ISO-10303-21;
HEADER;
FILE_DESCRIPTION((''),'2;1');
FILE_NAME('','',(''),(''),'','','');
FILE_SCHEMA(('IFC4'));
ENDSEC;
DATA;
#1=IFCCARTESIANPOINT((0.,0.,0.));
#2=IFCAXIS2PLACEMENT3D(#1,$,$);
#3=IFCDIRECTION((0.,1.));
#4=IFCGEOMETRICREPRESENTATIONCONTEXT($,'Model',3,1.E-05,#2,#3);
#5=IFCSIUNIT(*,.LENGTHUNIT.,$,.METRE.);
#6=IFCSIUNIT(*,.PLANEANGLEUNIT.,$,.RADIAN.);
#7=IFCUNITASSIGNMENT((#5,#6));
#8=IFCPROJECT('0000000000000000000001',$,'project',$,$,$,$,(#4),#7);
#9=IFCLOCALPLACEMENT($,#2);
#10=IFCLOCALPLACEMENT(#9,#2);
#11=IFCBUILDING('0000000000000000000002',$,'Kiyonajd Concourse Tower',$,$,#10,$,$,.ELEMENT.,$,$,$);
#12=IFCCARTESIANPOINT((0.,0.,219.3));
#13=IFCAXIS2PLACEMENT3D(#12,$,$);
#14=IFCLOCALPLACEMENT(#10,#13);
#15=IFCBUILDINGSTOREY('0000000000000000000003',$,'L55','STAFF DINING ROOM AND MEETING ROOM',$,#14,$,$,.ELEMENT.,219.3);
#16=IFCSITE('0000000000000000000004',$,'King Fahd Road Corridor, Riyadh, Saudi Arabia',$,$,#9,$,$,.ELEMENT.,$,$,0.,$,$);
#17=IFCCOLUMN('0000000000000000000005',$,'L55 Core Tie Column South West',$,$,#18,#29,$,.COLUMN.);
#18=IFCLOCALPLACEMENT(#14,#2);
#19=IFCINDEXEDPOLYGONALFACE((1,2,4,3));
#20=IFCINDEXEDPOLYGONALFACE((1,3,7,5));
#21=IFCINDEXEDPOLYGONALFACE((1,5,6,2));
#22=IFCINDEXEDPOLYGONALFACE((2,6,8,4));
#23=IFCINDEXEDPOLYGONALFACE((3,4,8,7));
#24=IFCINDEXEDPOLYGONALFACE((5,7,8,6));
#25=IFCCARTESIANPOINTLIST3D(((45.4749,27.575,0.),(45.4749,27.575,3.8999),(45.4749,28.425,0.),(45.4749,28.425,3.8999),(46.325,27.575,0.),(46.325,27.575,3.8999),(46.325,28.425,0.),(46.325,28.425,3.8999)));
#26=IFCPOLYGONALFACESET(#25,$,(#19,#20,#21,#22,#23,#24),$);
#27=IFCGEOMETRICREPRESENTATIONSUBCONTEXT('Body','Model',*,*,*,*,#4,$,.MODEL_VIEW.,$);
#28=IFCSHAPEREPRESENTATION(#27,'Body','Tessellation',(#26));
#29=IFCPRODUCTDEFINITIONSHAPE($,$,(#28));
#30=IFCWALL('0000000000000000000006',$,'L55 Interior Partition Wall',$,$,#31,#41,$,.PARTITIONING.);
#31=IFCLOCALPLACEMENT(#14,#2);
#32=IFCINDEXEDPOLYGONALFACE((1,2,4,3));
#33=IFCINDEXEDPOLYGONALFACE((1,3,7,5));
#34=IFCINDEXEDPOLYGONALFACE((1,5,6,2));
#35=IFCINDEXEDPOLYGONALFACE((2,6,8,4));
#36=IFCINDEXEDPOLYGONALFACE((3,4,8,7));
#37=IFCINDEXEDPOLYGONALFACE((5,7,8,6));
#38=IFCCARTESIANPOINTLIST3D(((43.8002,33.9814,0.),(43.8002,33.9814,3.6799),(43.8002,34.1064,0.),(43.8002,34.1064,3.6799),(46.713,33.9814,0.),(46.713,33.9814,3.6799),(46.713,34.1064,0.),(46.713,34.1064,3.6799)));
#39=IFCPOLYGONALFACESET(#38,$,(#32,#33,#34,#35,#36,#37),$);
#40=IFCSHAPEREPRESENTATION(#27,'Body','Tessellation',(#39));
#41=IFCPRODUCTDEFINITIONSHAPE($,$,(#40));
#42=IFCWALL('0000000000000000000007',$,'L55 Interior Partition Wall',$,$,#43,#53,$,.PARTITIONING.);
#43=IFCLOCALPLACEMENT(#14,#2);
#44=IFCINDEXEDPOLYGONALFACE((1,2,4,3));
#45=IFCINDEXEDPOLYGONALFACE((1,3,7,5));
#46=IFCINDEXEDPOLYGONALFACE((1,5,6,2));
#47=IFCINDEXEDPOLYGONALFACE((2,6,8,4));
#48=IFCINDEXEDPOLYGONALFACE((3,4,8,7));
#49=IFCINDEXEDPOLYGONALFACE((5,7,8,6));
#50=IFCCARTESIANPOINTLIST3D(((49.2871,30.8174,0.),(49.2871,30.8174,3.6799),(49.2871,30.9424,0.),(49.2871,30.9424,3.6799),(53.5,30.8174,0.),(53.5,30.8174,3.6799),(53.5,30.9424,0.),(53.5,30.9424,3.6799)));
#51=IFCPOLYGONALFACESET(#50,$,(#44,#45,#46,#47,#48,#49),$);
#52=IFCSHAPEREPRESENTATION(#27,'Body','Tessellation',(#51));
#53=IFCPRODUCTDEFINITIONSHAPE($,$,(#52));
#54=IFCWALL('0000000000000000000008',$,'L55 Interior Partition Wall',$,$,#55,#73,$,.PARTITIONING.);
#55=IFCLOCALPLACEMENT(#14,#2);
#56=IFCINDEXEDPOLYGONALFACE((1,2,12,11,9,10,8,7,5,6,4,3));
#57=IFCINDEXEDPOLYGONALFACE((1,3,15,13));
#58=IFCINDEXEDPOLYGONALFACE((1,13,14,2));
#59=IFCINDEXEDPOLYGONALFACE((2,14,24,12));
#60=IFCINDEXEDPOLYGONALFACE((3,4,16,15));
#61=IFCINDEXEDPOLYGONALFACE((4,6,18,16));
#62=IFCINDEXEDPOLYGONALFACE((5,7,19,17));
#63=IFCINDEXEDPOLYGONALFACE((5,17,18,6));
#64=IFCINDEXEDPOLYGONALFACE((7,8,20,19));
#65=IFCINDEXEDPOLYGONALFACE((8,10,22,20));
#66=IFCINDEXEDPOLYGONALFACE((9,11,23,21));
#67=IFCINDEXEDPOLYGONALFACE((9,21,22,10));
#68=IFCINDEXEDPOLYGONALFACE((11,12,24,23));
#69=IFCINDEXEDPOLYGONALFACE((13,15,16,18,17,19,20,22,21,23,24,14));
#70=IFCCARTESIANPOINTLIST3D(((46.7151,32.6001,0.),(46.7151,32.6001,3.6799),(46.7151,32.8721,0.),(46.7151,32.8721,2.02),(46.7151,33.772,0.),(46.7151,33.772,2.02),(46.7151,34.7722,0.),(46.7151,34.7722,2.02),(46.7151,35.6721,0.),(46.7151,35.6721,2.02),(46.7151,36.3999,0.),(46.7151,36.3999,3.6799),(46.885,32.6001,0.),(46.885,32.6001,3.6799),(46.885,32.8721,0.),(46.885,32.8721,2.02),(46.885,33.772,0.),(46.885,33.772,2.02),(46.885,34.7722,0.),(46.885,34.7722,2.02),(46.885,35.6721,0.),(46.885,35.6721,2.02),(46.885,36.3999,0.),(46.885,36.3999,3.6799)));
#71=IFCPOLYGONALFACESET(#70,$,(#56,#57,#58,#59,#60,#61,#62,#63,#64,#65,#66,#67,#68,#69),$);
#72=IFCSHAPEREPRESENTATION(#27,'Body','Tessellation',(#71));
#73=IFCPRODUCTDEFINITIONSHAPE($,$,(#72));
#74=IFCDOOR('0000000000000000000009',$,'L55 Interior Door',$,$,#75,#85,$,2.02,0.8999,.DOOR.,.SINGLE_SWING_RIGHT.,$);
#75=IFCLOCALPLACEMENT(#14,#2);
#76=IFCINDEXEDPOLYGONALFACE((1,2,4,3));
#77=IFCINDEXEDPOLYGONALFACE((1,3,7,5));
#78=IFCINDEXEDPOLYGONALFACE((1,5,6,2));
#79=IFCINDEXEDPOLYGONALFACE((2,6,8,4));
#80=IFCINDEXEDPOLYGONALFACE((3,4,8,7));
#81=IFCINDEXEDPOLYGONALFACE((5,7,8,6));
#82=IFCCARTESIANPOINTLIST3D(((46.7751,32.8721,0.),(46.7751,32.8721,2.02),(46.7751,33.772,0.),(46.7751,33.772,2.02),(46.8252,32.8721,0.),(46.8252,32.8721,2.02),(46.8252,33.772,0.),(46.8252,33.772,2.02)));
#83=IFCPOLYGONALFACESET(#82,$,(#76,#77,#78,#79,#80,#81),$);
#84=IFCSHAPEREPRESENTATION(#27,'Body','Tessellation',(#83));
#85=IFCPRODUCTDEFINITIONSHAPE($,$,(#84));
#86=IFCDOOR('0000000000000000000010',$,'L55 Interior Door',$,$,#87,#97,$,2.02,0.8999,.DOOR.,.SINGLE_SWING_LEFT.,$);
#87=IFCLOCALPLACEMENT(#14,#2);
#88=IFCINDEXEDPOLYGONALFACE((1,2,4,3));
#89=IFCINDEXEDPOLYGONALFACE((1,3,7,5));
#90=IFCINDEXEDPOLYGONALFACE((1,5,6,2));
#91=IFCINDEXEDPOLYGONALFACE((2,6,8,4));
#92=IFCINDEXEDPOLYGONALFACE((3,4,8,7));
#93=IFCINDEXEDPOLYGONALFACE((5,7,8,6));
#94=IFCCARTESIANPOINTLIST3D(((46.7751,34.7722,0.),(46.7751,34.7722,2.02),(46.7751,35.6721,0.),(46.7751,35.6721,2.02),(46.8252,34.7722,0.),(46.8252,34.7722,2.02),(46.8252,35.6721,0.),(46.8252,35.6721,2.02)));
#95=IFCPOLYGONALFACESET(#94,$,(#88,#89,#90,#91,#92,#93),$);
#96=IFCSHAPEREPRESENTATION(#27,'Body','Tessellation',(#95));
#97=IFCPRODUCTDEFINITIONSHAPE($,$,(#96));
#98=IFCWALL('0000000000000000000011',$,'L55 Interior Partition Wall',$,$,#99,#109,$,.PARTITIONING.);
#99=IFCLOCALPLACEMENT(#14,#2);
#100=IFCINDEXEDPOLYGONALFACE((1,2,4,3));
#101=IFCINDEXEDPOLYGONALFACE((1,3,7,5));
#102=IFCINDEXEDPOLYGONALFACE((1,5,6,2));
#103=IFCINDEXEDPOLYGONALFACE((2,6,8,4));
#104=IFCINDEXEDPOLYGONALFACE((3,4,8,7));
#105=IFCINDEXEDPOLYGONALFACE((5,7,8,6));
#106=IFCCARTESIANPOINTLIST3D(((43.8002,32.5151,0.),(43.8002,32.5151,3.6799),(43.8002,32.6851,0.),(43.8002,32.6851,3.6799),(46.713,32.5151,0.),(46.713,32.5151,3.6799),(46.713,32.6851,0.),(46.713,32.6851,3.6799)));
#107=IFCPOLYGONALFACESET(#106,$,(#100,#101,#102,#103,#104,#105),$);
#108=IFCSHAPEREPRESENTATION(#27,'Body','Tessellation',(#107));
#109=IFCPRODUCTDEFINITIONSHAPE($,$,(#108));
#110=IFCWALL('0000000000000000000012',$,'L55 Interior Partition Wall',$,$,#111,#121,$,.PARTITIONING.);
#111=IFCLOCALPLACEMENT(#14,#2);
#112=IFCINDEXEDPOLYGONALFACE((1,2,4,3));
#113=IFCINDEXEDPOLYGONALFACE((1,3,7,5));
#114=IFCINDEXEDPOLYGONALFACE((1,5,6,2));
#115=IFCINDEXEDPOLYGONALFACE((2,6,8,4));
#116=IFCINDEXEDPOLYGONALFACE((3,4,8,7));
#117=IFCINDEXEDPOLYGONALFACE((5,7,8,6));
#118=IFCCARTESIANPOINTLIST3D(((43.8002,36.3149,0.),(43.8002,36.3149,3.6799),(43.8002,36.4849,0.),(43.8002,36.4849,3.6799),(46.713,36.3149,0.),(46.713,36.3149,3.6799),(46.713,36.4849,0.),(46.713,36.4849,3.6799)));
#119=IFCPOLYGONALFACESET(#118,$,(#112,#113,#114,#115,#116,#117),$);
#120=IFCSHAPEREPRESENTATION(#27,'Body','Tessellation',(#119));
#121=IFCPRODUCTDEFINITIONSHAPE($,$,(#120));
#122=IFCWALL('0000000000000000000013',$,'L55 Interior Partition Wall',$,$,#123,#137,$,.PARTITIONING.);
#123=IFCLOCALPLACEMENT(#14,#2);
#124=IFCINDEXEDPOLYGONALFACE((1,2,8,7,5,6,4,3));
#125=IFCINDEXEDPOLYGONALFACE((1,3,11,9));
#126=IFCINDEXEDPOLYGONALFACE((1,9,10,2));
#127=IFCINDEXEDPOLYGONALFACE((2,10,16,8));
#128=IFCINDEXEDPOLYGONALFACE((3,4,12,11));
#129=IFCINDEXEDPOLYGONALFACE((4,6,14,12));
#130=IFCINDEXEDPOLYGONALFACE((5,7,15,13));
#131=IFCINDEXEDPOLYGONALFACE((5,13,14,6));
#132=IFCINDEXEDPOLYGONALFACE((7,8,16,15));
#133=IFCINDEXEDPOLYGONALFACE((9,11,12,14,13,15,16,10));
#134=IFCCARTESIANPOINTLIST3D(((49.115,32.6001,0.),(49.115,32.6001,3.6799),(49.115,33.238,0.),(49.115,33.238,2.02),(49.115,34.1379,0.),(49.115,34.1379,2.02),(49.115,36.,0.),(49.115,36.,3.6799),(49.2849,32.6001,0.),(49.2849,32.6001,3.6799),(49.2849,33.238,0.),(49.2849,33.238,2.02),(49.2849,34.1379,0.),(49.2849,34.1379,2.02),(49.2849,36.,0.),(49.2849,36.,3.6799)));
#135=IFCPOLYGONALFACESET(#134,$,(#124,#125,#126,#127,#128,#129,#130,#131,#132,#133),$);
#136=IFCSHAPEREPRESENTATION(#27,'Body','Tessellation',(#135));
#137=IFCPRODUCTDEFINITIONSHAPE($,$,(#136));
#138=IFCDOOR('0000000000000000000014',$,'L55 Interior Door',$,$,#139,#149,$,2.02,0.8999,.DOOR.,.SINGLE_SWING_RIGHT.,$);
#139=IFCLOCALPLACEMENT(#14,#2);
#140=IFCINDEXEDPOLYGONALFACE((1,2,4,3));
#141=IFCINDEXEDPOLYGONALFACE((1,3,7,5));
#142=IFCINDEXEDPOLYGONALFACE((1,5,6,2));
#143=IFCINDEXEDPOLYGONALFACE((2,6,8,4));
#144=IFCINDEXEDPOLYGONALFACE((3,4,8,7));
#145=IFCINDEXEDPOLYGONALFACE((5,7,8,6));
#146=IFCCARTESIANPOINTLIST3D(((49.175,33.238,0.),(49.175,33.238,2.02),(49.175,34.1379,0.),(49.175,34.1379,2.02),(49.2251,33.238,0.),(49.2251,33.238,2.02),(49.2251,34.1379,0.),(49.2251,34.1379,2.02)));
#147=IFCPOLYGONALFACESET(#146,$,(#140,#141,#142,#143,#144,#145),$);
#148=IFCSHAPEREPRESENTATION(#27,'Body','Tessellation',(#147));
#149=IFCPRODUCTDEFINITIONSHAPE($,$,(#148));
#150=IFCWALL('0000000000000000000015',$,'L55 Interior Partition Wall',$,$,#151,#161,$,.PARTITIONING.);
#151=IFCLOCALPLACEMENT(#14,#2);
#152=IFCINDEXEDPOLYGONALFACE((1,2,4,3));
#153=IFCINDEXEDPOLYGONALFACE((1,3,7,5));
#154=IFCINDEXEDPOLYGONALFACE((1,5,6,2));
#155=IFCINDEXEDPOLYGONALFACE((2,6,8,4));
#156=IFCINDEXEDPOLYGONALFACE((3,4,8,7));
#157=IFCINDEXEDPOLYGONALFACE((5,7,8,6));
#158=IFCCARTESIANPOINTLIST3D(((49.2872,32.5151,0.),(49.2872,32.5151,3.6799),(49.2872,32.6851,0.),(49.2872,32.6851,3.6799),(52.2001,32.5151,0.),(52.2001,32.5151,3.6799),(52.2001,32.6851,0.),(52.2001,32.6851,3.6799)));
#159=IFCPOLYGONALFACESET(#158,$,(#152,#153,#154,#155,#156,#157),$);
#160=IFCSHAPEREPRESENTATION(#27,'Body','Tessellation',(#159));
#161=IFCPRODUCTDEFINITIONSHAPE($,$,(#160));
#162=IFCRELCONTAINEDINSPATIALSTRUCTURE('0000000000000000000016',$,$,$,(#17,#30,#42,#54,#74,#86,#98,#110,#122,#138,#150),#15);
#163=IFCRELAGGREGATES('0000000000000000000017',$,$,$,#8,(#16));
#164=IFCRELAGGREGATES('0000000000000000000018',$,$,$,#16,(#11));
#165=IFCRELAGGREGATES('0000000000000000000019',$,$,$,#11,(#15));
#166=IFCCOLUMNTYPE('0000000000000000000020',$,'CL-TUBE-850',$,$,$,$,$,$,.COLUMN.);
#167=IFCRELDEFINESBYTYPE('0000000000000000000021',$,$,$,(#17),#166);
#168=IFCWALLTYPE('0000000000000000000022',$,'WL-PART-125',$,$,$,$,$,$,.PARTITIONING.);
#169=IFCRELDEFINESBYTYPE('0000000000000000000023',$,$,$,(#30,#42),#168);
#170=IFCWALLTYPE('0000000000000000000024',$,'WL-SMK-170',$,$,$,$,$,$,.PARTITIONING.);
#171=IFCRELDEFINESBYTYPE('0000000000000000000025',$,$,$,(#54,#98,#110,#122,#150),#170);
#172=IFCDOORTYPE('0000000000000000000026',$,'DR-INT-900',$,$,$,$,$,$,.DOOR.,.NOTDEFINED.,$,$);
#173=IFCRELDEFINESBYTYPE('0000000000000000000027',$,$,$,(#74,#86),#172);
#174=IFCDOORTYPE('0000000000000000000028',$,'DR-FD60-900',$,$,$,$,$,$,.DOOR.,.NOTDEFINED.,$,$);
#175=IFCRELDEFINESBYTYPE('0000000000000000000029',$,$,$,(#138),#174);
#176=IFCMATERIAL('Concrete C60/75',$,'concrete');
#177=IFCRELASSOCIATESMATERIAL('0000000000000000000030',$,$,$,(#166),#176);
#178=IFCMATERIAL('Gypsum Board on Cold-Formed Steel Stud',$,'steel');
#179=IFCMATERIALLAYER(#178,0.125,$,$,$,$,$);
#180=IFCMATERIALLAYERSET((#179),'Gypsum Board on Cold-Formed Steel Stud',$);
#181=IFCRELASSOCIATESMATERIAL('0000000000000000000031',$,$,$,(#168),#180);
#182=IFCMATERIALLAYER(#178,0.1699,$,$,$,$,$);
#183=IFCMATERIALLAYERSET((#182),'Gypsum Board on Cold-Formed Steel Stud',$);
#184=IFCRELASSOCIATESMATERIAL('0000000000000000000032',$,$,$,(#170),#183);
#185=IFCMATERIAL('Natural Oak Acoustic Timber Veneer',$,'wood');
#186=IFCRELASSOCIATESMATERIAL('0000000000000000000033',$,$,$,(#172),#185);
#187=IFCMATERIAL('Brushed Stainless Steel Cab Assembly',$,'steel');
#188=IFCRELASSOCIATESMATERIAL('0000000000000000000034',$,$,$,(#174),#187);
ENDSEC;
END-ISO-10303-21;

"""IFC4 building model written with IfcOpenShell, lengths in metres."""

from ifc_helpers import new_model, si_unit, direction, frame, frame_2d, origin, origin_2d, place, context, subcontext, project, spatial, rectangle, extrude, material, layer, layer_set, material_profile, profile_set, type_object, element, fill, save


model = new_model("IFC4")

# Units and contexts
model_context = context("Model", 3, precision=1e-05, world=origin(), true_north=direction((0.0, 1.0)))
body_context = subcontext(model_context, "Body", "Model", "MODEL_VIEW")
ifc_project = project(units=[si_unit("LENGTHUNIT", "METRE"), si_unit("PLANEANGLEUNIT", "RADIAN")], contexts=[model_context])

# Site, building, storey
site_placement = place(None, origin())
site = spatial("IfcSite", under=ifc_project, at=site_placement, Name="King Fahd Road Corridor, Riyadh, Saudi Arabia", CompositionType="ELEMENT", RefElevation=0.0)
building_placement = place(site_placement, origin())
building = spatial("IfcBuilding", under=site, at=building_placement, Name="Kiyonajd Concourse Tower", CompositionType="ELEMENT")
storey_placement = place(building_placement, frame((0.0, 0.0, 219.3)))
storey = spatial("IfcBuildingStorey", under=building, at=storey_placement, Name="L55", Description="STAFF DINING ROOM AND MEETING ROOM", CompositionType="ELEMENT", Elevation=219.3)

# Column
ifc_material_1 = material(Name="Concrete C60/75", Category="concrete")
ifc_material_profile = material_profile(ifc_material_1, rectangle(XDim=0.8501, YDim=0.8501, at=origin_2d()), Name="RC-850x850")
ifc_profile_set = profile_set([ifc_material_profile], Name="Concrete C60/75")
column_type = type_object("IfcColumnType", Name="CL-TUBE-850", PredefinedType="COLUMN", material=ifc_profile_set)
column_placement = place(storey_placement, frame((45.8999, 28.0, 0.0), z_axis=(0.0, 0.0, 1.0), x_axis=(1.0, 0.0, 0.0)))
element("IfcColumn", 1, at=column_placement, inside=storey, type_object=column_type, Name="L55 Core Tie Column South West", PredefinedType="COLUMN", context=body_context, shape_type="SweptSolid", body=[
    extrude(rectangle(XDim=0.8501, YDim=0.8501, at=origin_2d()), origin(), (0.0, 0.0, 1.0), 3.8999),
])

# Walls
ifc_material_2 = material(Name="Gypsum Board on Cold-Formed Steel Stud", Category="steel")
ifc_layer_1 = layer(ifc_material_2, 0.125)
ifc_layer_set_1 = layer_set([ifc_layer_1], Name="Gypsum Board on Cold-Formed Steel Stud")
wall_type_1 = type_object("IfcWallType", Name="WL-PART-125", PredefinedType="PARTITIONING", material=ifc_layer_set_1)
wall_1_placement = place(storey_placement, frame((43.8, 34.0439, 0.0), z_axis=(0.0, 0.0, 1.0), x_axis=(1.0, 0.0, 0.0)))
element("IfcWall", 2, at=wall_1_placement, inside=storey, type_object=wall_type_1, Name="L55 Interior Partition Wall", PredefinedType="PARTITIONING", context=body_context, shape_type="SweptSolid", body=[
    extrude(rectangle(XDim=2.9128, YDim=0.125, at=frame_2d((1.4565, 0.0))), origin(), (0.0, 0.0, 1.0), 3.6799),
])
wall_2_placement = place(storey_placement, frame((49.2871, 30.8799, 0.0), z_axis=(0.0, 0.0, 1.0), x_axis=(1.0, 0.0, 0.0)))
element("IfcWall", 3, at=wall_2_placement, inside=storey, type_object=wall_type_1, Name="L55 Interior Partition Wall", PredefinedType="PARTITIONING", context=body_context, shape_type="SweptSolid", body=[
    extrude(rectangle(XDim=4.2129, YDim=0.125, at=frame_2d((2.1064, 0.0))), origin(), (0.0, 0.0, 1.0), 3.6799),
])

# Wall, openings, doors
ifc_layer_2 = layer(ifc_material_2, 0.1699)
ifc_layer_set_2 = layer_set([ifc_layer_2], Name="Gypsum Board on Cold-Formed Steel Stud")
wall_type_2 = type_object("IfcWallType", Name="WL-SMK-170", PredefinedType="PARTITIONING", material=ifc_layer_set_2)
wall_3_placement = place(storey_placement, frame((46.8, 32.6001, 0.0), z_axis=(0.0, 0.0, 1.0), x_axis=(0.0, 1.0, 0.0)))
wall_3 = element("IfcWall", 4, at=wall_3_placement, inside=storey, type_object=wall_type_2, Name="L55 Interior Partition Wall", PredefinedType="PARTITIONING", context=body_context, shape_type="SweptSolid", body=[
    extrude(rectangle(XDim=3.7998, YDim=0.1699, at=frame_2d((1.8999, 0.0))), origin(), (0.0, 0.0, 1.0), 3.6799),
])
opening_1_placement = place(wall_3_placement, frame((0.272, 0.0, 0.0)))
opening_1 = element("IfcOpeningElement", 5, at=opening_1_placement, cuts=wall_3, PredefinedType="OPENING", context=body_context, shape_type="SweptSolid", body=[
    extrude(rectangle(XDim=0.8999, YDim=2.02, at=frame_2d((0.45, 1.01))), frame((0.0, 0.095, 0.0), z_axis=(0.0, -1.0, 0.0), x_axis=(1.0, 0.0, 0.0)), (0.0, 0.0, 1.0), 0.1899),
])
opening_2_placement = place(wall_3_placement, frame((2.1721, 0.0, 0.0)))
opening_2 = element("IfcOpeningElement", 6, at=opening_2_placement, cuts=wall_3, PredefinedType="OPENING", context=body_context, shape_type="SweptSolid", body=[
    extrude(rectangle(XDim=0.8999, YDim=2.02, at=frame_2d((0.45, 1.01))), frame((0.0, 0.095, 0.0), z_axis=(0.0, -1.0, 0.0), x_axis=(1.0, 0.0, 0.0)), (0.0, 0.0, 1.0), 0.1899),
])
ifc_material_3 = material(Name="Natural Oak Acoustic Timber Veneer", Category="wood")
door_type_1 = type_object("IfcDoorType", Name="DR-INT-900", OperationType="NOTDEFINED", PredefinedType="DOOR", material=ifc_material_3)
door_1_placement = place(opening_1_placement, origin())
door_1 = element("IfcDoor", 7, at=door_1_placement, inside=storey, type_object=door_type_1, Name="L55 Interior Door", OperationType="SINGLE_SWING_RIGHT", OverallHeight=2.02, OverallWidth=0.8999, PredefinedType="DOOR", context=body_context, shape_type="SweptSolid", body=[
    extrude(rectangle(XDim=0.8999, YDim=2.02, at=frame_2d((0.45, 1.01))), frame((0.0, 0.0249, 0.0), z_axis=(0.0, -1.0, 0.0), x_axis=(1.0, 0.0, 0.0)), (0.0, 0.0, 1.0), 0.05),
])
fill(opening_1, door_1)
door_2_placement = place(opening_2_placement, origin())
door_2 = element("IfcDoor", 8, at=door_2_placement, inside=storey, type_object=door_type_1, Name="L55 Interior Door", OperationType="SINGLE_SWING_LEFT", OverallHeight=2.02, OverallWidth=0.8999, PredefinedType="DOOR", context=body_context, shape_type="SweptSolid", body=[
    extrude(rectangle(XDim=0.8999, YDim=2.02, at=frame_2d((0.45, 1.01))), frame((0.0, 0.0249, 0.0), z_axis=(0.0, -1.0, 0.0), x_axis=(1.0, 0.0, 0.0)), (0.0, 0.0, 1.0), 0.05),
])
fill(opening_2, door_2)

# Walls
for number, where, z_axis, x_axis, name in (
    (9, (43.8, 32.6001, 0.0), (0.0, 0.0, 1.0), (1.0, 0.0, 0.0), "L55 Interior Partition Wall"),
    (10, (43.8, 36.3999, 0.0), (0.0, 0.0, 1.0), (1.0, 0.0, 0.0), "L55 Interior Partition Wall"),
):
    element("IfcWall", number, at=place(storey_placement, frame(where, z_axis=z_axis, x_axis=x_axis)), inside=storey, type_object=wall_type_2, Name=name, PredefinedType="PARTITIONING", context=body_context, shape_type="SweptSolid", body=[
        extrude(rectangle(XDim=2.9128, YDim=0.1699, at=frame_2d((1.4565, 0.0))), origin(), (0.0, 0.0, 1.0), 3.6799),
    ])

# Wall, opening, door
wall_4_placement = place(storey_placement, frame((49.2, 32.6001, 0.0), z_axis=(0.0, 0.0, 1.0), x_axis=(0.0, 1.0, 0.0)))
wall_4 = element("IfcWall", 11, at=wall_4_placement, inside=storey, type_object=wall_type_2, Name="L55 Interior Partition Wall", PredefinedType="PARTITIONING", context=body_context, shape_type="SweptSolid", body=[
    extrude(rectangle(XDim=3.3999, YDim=0.1699, at=frame_2d((1.7, 0.0))), origin(), (0.0, 0.0, 1.0), 3.6799),
])
opening_3_placement = place(wall_4_placement, frame((0.6379, 0.0, 0.0)))
opening_3 = element("IfcOpeningElement", 12, at=opening_3_placement, cuts=wall_4, PredefinedType="OPENING", context=body_context, shape_type="SweptSolid", body=[
    extrude(rectangle(XDim=0.8999, YDim=2.02, at=frame_2d((0.45, 1.01))), frame((0.0, 0.095, 0.0), z_axis=(0.0, -1.0, 0.0), x_axis=(1.0, 0.0, 0.0)), (0.0, 0.0, 1.0), 0.1899),
])
ifc_material_4 = material(Name="Brushed Stainless Steel Cab Assembly", Category="steel")
door_type_2 = type_object("IfcDoorType", Name="DR-FD60-900", OperationType="NOTDEFINED", PredefinedType="DOOR", material=ifc_material_4)
door_3_placement = place(opening_3_placement, origin())
door_3 = element("IfcDoor", 13, at=door_3_placement, inside=storey, type_object=door_type_2, Name="L55 Interior Door", OperationType="SINGLE_SWING_RIGHT", OverallHeight=2.02, OverallWidth=0.8999, PredefinedType="DOOR", context=body_context, shape_type="SweptSolid", body=[
    extrude(rectangle(XDim=0.8999, YDim=2.02, at=frame_2d((0.45, 1.01))), frame((0.0, 0.0249, 0.0), z_axis=(0.0, -1.0, 0.0), x_axis=(1.0, 0.0, 0.0)), (0.0, 0.0, 1.0), 0.05),
])
fill(opening_3, door_3)

# Wall
wall_5_placement = place(storey_placement, frame((49.2871, 32.6001, 0.0), z_axis=(0.0, 0.0, 1.0), x_axis=(1.0, 0.0, 0.0)))
element("IfcWall", 14, at=wall_5_placement, inside=storey, type_object=wall_type_2, Name="L55 Interior Partition Wall", PredefinedType="PARTITIONING", context=body_context, shape_type="SweptSolid", body=[
    extrude(rectangle(XDim=2.9128, YDim=0.1699, at=frame_2d((1.4565, 0.0))), origin(), (0.0, 0.0, 1.0), 3.6799),
])

save(model, "model.ifc")
